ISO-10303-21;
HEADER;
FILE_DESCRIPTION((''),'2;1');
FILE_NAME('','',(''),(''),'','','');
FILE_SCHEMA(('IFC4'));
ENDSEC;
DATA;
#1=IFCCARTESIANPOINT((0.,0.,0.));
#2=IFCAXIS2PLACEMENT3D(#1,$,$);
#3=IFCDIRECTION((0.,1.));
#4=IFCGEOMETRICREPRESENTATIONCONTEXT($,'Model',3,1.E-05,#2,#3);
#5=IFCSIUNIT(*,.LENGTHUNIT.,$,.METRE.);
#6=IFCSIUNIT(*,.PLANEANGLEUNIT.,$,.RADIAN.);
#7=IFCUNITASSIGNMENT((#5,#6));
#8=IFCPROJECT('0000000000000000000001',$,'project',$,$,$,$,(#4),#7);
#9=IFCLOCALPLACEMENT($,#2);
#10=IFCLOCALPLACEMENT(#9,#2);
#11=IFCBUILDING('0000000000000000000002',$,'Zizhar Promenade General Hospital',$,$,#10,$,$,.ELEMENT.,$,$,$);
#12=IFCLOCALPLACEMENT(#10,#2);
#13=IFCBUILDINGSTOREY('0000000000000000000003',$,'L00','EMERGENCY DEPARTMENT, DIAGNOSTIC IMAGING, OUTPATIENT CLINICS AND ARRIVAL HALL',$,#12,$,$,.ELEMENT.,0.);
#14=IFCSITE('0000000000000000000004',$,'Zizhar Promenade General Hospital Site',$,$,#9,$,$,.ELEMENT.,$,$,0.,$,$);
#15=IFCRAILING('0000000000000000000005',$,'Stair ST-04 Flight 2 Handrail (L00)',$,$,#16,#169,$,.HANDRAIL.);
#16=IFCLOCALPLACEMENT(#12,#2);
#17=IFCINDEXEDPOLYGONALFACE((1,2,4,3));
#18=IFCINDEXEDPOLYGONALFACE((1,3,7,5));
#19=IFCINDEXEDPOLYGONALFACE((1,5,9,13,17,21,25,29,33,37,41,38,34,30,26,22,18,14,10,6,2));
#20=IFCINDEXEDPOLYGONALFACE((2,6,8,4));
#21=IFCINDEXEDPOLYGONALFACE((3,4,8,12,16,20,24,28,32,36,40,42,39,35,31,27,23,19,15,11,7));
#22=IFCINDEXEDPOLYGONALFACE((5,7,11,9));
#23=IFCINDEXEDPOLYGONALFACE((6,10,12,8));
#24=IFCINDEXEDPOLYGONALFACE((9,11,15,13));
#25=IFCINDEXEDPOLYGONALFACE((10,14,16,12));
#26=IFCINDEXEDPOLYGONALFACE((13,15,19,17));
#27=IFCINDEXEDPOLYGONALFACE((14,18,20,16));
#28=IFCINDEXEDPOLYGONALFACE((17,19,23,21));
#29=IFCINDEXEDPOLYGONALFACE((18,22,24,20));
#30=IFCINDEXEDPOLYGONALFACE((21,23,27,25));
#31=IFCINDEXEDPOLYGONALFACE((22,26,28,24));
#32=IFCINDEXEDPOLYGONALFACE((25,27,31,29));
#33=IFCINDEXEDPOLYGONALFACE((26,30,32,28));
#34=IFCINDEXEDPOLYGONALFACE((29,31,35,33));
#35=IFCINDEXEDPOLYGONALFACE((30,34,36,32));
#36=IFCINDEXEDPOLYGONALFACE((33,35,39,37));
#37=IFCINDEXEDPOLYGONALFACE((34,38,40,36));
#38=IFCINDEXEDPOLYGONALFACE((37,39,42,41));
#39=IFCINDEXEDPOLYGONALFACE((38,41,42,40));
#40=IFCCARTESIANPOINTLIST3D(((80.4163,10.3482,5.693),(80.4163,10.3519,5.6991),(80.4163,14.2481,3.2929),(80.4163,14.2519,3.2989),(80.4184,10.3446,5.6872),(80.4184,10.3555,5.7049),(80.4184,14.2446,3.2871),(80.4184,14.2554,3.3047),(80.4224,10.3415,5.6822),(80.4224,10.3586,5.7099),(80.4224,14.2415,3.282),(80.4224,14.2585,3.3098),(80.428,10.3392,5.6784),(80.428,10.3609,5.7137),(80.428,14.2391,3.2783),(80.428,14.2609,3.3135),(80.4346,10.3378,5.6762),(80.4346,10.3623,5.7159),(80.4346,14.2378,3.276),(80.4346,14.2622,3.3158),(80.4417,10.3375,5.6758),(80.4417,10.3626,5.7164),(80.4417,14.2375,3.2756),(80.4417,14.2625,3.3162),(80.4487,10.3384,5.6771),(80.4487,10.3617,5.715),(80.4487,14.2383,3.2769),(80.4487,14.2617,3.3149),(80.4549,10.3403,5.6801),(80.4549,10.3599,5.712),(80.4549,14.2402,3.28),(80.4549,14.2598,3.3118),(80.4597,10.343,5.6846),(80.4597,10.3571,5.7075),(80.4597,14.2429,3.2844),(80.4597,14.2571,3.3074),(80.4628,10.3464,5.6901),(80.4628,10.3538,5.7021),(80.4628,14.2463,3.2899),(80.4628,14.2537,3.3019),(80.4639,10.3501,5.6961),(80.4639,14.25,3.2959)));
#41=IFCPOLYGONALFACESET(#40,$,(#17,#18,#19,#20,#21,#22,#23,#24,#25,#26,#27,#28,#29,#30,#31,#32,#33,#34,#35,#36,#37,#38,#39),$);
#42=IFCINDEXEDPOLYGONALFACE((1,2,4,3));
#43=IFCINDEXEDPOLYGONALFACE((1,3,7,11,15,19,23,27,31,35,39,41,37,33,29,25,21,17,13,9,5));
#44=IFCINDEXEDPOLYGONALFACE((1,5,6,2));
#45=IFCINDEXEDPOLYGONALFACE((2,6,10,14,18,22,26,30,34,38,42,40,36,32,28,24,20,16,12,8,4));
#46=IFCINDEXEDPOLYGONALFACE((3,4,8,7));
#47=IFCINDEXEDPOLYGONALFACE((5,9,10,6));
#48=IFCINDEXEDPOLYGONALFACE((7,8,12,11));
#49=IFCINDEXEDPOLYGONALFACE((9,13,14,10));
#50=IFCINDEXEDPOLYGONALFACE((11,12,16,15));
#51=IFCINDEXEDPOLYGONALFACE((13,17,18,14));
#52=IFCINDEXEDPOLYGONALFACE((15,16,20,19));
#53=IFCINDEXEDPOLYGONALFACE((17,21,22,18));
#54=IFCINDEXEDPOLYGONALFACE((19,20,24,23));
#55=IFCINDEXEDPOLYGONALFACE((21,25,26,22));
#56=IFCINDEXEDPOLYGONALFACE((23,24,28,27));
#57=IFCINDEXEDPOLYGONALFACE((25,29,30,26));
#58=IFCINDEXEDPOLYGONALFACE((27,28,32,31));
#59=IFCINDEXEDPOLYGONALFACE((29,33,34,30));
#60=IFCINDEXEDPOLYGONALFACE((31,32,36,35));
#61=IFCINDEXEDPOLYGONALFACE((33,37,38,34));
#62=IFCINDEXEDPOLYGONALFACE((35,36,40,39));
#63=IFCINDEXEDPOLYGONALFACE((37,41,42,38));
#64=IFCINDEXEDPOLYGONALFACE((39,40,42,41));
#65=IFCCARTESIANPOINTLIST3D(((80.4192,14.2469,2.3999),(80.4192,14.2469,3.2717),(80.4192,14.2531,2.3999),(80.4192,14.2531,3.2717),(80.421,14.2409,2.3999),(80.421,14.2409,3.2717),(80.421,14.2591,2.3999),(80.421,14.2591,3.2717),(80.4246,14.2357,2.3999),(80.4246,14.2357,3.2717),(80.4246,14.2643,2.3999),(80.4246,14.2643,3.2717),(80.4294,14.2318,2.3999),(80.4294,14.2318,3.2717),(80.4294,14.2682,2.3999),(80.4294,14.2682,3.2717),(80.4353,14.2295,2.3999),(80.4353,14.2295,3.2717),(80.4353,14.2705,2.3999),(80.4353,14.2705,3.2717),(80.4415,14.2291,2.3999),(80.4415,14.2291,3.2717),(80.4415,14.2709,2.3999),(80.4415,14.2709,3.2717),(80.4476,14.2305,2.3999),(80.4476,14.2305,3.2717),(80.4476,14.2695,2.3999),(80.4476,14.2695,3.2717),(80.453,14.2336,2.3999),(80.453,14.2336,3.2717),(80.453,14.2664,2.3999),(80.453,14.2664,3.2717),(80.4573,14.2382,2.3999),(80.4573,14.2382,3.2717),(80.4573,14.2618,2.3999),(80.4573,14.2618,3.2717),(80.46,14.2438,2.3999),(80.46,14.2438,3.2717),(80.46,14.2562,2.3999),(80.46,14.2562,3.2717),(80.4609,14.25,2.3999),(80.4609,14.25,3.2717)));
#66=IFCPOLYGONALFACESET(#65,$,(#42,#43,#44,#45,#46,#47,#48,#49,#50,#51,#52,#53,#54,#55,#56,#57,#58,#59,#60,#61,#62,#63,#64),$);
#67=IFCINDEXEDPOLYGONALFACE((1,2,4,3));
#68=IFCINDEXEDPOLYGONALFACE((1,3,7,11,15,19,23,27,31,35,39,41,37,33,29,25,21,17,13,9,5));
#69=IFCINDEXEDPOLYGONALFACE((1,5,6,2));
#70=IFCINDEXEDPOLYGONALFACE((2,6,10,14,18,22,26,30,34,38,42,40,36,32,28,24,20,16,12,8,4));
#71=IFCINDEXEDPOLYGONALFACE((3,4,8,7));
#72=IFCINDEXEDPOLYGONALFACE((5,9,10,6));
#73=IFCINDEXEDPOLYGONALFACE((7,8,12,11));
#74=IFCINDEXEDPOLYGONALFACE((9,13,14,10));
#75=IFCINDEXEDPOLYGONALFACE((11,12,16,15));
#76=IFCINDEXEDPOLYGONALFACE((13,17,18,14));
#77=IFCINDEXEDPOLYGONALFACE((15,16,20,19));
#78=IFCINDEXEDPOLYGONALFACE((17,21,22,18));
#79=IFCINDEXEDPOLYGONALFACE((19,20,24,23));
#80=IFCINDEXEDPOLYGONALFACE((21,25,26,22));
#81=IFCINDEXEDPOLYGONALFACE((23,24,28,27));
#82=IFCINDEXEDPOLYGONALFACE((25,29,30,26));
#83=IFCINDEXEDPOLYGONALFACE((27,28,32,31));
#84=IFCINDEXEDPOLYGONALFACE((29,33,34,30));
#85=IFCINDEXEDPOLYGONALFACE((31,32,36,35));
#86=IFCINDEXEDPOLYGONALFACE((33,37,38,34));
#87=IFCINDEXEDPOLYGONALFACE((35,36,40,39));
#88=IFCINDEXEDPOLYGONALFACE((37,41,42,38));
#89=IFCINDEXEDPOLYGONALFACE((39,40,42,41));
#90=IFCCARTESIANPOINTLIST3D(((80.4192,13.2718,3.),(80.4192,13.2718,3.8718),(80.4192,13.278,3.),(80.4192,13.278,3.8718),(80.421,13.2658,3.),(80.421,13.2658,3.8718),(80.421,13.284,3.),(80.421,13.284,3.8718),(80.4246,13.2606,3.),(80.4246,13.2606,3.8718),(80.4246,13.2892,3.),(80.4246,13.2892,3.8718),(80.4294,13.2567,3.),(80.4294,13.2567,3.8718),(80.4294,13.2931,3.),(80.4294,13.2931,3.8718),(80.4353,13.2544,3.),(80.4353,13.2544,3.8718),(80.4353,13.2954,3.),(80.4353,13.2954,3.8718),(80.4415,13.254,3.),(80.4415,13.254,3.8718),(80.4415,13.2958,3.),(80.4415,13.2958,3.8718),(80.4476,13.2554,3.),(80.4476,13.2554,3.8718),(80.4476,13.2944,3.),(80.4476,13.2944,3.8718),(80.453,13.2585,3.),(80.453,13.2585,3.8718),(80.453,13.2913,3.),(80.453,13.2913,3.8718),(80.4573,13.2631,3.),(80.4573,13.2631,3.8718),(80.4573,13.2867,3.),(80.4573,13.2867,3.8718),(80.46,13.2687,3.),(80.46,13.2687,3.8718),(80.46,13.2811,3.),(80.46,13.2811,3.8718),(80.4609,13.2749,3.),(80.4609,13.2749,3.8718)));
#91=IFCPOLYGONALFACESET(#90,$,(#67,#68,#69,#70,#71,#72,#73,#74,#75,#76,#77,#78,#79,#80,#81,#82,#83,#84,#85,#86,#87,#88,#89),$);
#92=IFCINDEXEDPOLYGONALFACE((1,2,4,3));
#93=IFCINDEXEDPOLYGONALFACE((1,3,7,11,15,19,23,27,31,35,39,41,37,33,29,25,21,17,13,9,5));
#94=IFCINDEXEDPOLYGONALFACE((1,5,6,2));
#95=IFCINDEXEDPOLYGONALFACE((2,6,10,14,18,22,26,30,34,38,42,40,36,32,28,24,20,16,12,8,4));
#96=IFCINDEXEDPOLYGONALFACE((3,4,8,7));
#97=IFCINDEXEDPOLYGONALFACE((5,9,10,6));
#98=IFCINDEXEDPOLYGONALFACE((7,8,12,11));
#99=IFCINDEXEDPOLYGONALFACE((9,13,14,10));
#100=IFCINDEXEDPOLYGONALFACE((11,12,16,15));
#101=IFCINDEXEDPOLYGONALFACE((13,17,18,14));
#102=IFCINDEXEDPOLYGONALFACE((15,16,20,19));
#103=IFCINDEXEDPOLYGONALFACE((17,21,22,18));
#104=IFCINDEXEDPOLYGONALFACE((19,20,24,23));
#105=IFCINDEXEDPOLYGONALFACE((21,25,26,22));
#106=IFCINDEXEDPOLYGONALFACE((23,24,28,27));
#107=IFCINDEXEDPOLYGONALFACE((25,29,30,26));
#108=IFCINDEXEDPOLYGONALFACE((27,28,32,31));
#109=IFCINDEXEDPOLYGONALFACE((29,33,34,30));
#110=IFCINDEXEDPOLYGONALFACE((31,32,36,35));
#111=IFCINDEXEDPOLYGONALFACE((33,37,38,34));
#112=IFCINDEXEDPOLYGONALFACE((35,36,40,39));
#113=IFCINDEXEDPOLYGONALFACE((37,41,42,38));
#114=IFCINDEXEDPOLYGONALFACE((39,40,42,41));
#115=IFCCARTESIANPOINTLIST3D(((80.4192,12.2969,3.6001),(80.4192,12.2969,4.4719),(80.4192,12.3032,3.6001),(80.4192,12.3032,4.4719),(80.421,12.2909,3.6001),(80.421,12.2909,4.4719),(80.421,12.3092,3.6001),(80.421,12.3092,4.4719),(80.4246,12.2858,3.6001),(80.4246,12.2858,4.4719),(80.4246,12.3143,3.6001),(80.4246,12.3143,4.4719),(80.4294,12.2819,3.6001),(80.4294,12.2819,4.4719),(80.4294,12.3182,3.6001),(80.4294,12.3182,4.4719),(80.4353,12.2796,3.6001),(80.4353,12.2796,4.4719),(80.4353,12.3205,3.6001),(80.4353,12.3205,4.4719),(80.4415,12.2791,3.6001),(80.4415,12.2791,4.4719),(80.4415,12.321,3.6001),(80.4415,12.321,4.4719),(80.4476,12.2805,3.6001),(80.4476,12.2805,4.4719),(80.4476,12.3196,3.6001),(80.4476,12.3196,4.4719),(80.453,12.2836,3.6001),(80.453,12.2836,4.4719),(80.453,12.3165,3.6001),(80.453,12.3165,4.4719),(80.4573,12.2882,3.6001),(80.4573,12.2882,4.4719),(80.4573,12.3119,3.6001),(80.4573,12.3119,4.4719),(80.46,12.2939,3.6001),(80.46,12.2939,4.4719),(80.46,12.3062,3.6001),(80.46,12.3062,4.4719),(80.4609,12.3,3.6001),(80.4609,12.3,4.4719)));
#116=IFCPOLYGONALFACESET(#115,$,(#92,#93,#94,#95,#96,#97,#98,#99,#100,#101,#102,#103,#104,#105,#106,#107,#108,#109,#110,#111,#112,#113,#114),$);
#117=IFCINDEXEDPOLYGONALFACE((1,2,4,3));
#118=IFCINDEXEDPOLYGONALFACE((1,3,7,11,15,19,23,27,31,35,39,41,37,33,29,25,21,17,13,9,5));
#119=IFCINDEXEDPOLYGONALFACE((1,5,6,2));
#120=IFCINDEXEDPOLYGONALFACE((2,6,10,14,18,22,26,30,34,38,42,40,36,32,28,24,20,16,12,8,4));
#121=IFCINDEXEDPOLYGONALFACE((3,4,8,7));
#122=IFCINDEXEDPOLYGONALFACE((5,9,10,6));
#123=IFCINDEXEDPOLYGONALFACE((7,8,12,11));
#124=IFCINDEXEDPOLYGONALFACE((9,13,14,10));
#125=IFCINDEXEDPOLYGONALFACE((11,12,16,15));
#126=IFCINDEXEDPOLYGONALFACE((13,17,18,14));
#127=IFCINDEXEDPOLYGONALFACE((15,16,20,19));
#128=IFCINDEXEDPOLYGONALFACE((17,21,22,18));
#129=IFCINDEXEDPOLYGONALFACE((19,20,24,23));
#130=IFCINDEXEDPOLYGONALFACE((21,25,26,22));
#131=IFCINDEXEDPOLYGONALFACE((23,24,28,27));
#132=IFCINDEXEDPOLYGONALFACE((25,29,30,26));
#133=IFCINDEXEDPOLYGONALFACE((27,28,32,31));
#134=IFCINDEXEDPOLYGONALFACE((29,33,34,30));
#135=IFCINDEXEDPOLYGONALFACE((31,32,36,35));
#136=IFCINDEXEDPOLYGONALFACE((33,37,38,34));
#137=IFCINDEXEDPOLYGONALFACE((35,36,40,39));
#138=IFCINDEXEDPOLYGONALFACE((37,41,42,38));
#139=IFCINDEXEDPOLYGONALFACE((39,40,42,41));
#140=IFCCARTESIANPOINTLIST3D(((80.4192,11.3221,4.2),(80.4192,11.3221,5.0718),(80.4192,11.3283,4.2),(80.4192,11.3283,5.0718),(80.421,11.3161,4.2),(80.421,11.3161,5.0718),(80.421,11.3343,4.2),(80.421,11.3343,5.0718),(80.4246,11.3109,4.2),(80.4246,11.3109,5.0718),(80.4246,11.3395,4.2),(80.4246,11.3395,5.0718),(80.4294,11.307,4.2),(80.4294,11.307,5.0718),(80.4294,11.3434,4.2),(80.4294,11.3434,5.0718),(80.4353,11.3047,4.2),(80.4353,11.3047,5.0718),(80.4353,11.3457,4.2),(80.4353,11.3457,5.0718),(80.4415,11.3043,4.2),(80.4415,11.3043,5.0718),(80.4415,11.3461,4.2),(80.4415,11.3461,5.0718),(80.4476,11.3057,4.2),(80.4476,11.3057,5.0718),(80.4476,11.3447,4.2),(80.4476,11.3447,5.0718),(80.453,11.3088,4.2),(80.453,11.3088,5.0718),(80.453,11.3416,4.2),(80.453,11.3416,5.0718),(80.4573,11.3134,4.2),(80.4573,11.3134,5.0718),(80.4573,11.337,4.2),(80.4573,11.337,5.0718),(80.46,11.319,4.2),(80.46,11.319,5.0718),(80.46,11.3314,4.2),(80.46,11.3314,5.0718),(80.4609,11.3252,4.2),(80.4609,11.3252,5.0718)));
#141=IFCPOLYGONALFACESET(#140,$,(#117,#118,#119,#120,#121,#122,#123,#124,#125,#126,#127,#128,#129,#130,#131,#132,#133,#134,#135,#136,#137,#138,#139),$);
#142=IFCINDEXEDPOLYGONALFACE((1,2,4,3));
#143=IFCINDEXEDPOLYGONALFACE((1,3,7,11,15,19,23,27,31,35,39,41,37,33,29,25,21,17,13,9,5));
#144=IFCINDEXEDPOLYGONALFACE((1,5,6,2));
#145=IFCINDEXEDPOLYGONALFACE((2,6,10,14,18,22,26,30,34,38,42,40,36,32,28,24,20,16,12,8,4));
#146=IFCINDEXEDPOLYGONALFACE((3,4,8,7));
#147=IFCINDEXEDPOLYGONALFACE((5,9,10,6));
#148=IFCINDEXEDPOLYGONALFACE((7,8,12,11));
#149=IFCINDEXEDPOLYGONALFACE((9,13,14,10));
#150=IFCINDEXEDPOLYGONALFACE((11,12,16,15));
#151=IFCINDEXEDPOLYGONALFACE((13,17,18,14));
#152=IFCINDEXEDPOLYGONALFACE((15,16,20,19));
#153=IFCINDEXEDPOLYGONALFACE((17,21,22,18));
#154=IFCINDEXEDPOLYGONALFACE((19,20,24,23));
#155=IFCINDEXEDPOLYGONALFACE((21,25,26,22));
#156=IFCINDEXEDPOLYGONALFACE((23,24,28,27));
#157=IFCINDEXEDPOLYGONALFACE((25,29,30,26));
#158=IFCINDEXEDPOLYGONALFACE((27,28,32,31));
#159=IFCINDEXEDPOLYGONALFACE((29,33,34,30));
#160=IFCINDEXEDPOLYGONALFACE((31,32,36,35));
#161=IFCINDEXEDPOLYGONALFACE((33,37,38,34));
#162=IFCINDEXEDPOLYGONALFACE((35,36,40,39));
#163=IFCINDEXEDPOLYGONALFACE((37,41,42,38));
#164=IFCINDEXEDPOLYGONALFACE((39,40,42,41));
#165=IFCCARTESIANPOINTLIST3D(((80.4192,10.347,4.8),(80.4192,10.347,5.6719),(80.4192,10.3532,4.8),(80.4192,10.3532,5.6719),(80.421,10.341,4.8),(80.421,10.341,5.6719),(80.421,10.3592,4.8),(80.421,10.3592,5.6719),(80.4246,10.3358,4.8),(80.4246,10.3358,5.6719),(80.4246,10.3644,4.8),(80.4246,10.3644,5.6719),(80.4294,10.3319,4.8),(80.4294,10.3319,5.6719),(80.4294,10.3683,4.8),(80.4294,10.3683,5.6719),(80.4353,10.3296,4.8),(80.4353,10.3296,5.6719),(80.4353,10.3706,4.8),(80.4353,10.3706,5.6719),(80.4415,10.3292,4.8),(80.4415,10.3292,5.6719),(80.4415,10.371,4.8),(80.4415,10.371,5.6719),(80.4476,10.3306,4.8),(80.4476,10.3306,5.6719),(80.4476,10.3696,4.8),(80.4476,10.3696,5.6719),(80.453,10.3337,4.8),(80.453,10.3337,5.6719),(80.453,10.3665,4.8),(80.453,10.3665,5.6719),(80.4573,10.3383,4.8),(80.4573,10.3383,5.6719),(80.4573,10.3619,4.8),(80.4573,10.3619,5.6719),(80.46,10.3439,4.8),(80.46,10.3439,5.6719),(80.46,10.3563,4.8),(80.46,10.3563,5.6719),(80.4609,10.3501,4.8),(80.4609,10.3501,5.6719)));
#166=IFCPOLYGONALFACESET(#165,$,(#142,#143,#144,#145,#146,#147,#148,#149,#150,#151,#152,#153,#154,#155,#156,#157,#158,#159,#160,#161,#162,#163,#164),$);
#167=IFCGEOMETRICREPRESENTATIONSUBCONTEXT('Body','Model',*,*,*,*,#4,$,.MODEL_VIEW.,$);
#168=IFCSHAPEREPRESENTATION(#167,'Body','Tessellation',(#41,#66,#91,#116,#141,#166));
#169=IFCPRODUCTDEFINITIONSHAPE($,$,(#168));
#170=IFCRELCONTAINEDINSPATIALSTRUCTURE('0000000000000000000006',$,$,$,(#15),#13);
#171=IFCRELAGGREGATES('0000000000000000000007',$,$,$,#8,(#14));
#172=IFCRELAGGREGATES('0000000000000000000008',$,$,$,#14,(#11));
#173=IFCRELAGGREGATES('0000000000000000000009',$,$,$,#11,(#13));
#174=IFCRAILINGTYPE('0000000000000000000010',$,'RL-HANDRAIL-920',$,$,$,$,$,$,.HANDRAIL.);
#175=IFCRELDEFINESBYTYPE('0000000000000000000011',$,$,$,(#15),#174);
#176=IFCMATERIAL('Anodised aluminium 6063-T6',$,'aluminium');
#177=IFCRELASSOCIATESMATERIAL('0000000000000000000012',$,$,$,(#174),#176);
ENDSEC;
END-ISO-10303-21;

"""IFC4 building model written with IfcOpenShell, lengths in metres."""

from ifc_helpers import new_model, si_unit, direction, frame, origin, origin_2d, place, context, subcontext, project, spatial, circle, hollow_circle, extrude, material, material_profile, profile_set, type_object, element, save


model = new_model("IFC4")

# Units and contexts
model_context = context("Model", 3, precision=1e-05, world=origin(), true_north=direction((0.0, 1.0)))
body_context = subcontext(model_context, "Body", "Model", "MODEL_VIEW")
ifc_project = project(units=[si_unit("LENGTHUNIT", "METRE"), si_unit("PLANEANGLEUNIT", "RADIAN")], contexts=[model_context])

# Site, building, storey
site_placement = place(None, origin())
site = spatial("IfcSite", under=ifc_project, at=site_placement, Name="Zizhar Promenade General Hospital Site", CompositionType="ELEMENT", RefElevation=0.0)
building_placement = place(site_placement, origin())
building = spatial("IfcBuilding", under=site, at=building_placement, Name="Zizhar Promenade General Hospital", CompositionType="ELEMENT")
storey_placement = place(building_placement, origin())
storey = spatial("IfcBuildingStorey", under=building, at=storey_placement, Name="L00", Description="EMERGENCY DEPARTMENT, DIAGNOSTIC IMAGING, OUTPATIENT CLINICS AND ARRIVAL HALL", CompositionType="ELEMENT", Elevation=0.0)

# Railing
ifc_material_1 = material(Name="Anodised aluminium 6063-T6", Category="aluminium")
ifc_material_profile_1 = material_profile(ifc_material_1, hollow_circle(Radius=0.0698, WallThickness=0.0063, at=origin_2d()))
ifc_profile_set_1 = profile_set([ifc_material_profile_1], Name="Anodised aluminium 6063-T6")
railing_type_1 = type_object("IfcRailingType", Name="RL-HANDRAIL-920", PredefinedType="HANDRAIL", material=ifc_profile_set_1)
railing_1_placement = place(storey_placement, frame((80.4399, 14.25, 2.3999)))
element("IfcRailing", 1, at=railing_1_placement, inside=storey, type_object=railing_type_1, Name="Stair ST-04 Flight 2 Handrail (L00)", PredefinedType="HANDRAIL", context=body_context, shape_type="SweptSolid", body=[
    extrude(circle(Radius=0.0239, at=origin_2d()), frame((0.0, 0.0, 0.896), z_axis=(0.0, -0.851638, 0.52413), x_axis=(1.0, 0.0, 0.0)), (0.0, 0.0, 1.0), 4.5793),
    extrude(circle(Radius=0.021, at=origin_2d()), origin(), (0.0, 0.0, 1.0), 0.8718),
    extrude(circle(Radius=0.021, at=origin_2d()), frame((0.0, -0.9751, 0.6001)), (0.0, 0.0, 1.0), 0.8718),
    extrude(circle(Radius=0.021, at=origin_2d()), frame((0.0, -1.95, 1.2002)), (0.0, 0.0, 1.0), 0.8718),
    extrude(circle(Radius=0.021, at=origin_2d()), frame((0.0, -2.9248, 1.8)), (0.0, 0.0, 1.0), 0.8718),
    extrude(circle(Radius=0.021, at=origin_2d()), frame((0.0, -3.8999, 2.4001)), (0.0, 0.0, 1.0), 0.8718),
])

save(model, "model.ifc")
